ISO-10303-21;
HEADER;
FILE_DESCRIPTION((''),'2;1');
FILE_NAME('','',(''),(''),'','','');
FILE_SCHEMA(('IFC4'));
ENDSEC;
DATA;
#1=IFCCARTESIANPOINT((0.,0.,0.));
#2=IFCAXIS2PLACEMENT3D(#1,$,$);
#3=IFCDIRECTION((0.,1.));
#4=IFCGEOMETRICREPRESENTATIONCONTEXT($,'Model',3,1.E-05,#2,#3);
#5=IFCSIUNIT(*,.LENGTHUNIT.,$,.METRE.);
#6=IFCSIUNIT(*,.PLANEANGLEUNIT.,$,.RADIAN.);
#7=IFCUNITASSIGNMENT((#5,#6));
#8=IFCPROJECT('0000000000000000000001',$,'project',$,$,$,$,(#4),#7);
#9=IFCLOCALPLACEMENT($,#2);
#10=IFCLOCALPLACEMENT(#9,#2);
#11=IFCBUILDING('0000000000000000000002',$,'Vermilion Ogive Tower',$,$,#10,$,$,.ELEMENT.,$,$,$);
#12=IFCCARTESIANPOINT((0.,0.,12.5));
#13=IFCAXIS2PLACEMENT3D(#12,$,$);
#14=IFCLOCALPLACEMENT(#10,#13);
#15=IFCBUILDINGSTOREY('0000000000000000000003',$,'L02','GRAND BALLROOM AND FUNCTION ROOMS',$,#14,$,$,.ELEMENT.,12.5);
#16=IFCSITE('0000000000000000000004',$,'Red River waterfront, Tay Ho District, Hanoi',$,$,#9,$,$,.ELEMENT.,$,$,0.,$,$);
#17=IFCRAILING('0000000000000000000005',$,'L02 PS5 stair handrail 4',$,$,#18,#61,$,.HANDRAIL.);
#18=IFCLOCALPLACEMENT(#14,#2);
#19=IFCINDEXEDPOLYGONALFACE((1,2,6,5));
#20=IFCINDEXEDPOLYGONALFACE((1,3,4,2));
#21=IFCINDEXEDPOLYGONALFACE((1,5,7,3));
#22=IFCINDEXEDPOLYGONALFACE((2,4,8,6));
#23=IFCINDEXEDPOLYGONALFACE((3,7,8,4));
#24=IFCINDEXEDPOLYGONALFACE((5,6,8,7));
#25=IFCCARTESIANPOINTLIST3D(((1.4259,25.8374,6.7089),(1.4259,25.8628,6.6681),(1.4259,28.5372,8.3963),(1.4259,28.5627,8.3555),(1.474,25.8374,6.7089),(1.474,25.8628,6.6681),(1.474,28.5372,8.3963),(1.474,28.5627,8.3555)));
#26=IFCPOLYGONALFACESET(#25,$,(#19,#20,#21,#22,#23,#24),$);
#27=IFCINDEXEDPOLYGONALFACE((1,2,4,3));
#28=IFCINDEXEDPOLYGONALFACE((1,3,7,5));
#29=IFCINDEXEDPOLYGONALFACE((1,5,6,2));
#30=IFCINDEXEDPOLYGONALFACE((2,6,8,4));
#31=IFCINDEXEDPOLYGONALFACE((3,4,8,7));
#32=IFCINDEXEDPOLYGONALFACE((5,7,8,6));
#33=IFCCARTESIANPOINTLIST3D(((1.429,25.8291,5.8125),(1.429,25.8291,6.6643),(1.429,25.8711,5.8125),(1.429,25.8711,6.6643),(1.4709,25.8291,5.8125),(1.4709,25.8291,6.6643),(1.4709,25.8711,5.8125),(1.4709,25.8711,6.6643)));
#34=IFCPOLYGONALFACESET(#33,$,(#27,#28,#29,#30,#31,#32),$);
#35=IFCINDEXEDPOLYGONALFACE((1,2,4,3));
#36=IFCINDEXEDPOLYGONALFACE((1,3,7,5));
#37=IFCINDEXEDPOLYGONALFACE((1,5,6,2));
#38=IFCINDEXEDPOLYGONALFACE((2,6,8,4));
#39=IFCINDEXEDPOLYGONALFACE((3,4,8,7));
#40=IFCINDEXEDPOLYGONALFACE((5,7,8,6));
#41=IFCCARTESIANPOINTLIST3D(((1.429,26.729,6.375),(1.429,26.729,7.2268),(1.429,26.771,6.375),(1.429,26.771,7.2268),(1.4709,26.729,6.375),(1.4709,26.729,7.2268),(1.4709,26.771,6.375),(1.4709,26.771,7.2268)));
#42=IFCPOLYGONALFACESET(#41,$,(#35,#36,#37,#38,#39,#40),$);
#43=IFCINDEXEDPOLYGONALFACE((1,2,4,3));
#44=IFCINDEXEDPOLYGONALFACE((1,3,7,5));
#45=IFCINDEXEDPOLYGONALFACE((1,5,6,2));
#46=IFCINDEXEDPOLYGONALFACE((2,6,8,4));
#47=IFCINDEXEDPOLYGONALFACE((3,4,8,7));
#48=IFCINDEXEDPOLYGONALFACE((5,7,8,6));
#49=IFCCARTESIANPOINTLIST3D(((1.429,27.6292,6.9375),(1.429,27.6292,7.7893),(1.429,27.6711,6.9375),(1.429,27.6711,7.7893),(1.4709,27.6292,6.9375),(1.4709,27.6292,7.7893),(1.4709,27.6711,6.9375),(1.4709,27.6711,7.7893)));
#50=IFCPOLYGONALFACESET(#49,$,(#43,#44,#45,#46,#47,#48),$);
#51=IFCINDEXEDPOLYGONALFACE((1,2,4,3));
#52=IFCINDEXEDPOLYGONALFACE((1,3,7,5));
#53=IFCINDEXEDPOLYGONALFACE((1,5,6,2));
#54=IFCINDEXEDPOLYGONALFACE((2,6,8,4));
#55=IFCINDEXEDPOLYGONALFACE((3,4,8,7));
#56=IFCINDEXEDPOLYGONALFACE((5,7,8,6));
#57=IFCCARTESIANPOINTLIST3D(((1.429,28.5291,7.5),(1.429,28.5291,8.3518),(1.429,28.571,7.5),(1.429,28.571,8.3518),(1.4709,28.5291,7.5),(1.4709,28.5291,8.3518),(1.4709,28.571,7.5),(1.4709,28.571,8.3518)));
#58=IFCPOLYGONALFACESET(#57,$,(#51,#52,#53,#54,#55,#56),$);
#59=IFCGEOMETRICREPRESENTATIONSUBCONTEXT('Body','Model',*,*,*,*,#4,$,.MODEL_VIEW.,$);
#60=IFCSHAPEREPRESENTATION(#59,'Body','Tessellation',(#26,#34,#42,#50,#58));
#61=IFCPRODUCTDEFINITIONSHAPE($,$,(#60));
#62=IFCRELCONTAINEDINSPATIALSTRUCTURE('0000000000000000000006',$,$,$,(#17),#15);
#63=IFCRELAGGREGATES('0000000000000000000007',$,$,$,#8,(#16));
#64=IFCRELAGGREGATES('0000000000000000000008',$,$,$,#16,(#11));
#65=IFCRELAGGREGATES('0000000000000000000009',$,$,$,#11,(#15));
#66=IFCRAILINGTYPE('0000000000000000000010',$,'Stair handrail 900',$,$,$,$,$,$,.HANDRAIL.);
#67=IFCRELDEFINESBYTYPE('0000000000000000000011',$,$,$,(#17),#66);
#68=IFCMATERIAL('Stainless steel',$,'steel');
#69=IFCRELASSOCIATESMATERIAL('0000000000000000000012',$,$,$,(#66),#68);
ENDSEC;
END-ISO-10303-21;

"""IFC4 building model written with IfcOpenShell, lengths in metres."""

from ifc_helpers import new_model, si_unit, direction, frame, origin, origin_2d, place, context, subcontext, project, spatial, rectangle, extrude, material, type_object, element, save


model = new_model("IFC4")

# Units and contexts
model_context = context("Model", 3, precision=1e-05, world=origin(), true_north=direction((0.0, 1.0)))
body_context = subcontext(model_context, "Body", "Model", "MODEL_VIEW")
ifc_project = project(units=[si_unit("LENGTHUNIT", "METRE"), si_unit("PLANEANGLEUNIT", "RADIAN")], contexts=[model_context])

# Site, building, storey
site_placement = place(None, origin())
site = spatial("IfcSite", under=ifc_project, at=site_placement, Name="Red River waterfront, Tay Ho District, Hanoi", CompositionType="ELEMENT", RefElevation=0.0)
building_placement = place(site_placement, origin())
building = spatial("IfcBuilding", under=site, at=building_placement, Name="Vermilion Ogive Tower", CompositionType="ELEMENT")
storey_placement = place(building_placement, frame((0.0, 0.0, 12.5)))
storey = spatial("IfcBuildingStorey", under=building, at=storey_placement, Name="L02", Description="GRAND BALLROOM AND FUNCTION ROOMS", CompositionType="ELEMENT", Elevation=12.5)

# Railing
ifc_material_1 = material(Name="Stainless steel", Category="steel")
railing_type_1 = type_object("IfcRailingType", Name="Stair handrail 900", PredefinedType="HANDRAIL", material=ifc_material_1)
railing_1_placement = place(storey_placement, frame((1.45, 25.8501, 5.8125)))
element("IfcRailing", 1, at=railing_1_placement, inside=storey, type_object=railing_type_1, Name="L02 PS5 stair handrail 4", PredefinedType="HANDRAIL", context=body_context, shape_type="SweptSolid", body=[
    extrude(rectangle(XDim=0.0481, YDim=0.0481, at=origin_2d()), frame((0.0, 0.0, 0.876), z_axis=(0.0, 0.847994, 0.530006), x_axis=(-1.0, 0.0, 0.0)), (0.0, 0.0, 1.0), 3.1838),
    extrude(rectangle(XDim=0.042, YDim=0.042, at=origin_2d()), origin(), (0.0, 0.0, 1.0), 0.8518),
    extrude(rectangle(XDim=0.042, YDim=0.042, at=origin_2d()), frame((0.0, 0.8999, 0.5625)), (0.0, 0.0, 1.0), 0.8518),
    extrude(rectangle(XDim=0.042, YDim=0.042, at=origin_2d()), frame((0.0, 1.8, 1.125)), (0.0, 0.0, 1.0), 0.8518),
    extrude(rectangle(XDim=0.042, YDim=0.042, at=origin_2d()), frame((0.0, 2.7, 1.6875)), (0.0, 0.0, 1.0), 0.8518),
])

save(model, "model.ifc")
